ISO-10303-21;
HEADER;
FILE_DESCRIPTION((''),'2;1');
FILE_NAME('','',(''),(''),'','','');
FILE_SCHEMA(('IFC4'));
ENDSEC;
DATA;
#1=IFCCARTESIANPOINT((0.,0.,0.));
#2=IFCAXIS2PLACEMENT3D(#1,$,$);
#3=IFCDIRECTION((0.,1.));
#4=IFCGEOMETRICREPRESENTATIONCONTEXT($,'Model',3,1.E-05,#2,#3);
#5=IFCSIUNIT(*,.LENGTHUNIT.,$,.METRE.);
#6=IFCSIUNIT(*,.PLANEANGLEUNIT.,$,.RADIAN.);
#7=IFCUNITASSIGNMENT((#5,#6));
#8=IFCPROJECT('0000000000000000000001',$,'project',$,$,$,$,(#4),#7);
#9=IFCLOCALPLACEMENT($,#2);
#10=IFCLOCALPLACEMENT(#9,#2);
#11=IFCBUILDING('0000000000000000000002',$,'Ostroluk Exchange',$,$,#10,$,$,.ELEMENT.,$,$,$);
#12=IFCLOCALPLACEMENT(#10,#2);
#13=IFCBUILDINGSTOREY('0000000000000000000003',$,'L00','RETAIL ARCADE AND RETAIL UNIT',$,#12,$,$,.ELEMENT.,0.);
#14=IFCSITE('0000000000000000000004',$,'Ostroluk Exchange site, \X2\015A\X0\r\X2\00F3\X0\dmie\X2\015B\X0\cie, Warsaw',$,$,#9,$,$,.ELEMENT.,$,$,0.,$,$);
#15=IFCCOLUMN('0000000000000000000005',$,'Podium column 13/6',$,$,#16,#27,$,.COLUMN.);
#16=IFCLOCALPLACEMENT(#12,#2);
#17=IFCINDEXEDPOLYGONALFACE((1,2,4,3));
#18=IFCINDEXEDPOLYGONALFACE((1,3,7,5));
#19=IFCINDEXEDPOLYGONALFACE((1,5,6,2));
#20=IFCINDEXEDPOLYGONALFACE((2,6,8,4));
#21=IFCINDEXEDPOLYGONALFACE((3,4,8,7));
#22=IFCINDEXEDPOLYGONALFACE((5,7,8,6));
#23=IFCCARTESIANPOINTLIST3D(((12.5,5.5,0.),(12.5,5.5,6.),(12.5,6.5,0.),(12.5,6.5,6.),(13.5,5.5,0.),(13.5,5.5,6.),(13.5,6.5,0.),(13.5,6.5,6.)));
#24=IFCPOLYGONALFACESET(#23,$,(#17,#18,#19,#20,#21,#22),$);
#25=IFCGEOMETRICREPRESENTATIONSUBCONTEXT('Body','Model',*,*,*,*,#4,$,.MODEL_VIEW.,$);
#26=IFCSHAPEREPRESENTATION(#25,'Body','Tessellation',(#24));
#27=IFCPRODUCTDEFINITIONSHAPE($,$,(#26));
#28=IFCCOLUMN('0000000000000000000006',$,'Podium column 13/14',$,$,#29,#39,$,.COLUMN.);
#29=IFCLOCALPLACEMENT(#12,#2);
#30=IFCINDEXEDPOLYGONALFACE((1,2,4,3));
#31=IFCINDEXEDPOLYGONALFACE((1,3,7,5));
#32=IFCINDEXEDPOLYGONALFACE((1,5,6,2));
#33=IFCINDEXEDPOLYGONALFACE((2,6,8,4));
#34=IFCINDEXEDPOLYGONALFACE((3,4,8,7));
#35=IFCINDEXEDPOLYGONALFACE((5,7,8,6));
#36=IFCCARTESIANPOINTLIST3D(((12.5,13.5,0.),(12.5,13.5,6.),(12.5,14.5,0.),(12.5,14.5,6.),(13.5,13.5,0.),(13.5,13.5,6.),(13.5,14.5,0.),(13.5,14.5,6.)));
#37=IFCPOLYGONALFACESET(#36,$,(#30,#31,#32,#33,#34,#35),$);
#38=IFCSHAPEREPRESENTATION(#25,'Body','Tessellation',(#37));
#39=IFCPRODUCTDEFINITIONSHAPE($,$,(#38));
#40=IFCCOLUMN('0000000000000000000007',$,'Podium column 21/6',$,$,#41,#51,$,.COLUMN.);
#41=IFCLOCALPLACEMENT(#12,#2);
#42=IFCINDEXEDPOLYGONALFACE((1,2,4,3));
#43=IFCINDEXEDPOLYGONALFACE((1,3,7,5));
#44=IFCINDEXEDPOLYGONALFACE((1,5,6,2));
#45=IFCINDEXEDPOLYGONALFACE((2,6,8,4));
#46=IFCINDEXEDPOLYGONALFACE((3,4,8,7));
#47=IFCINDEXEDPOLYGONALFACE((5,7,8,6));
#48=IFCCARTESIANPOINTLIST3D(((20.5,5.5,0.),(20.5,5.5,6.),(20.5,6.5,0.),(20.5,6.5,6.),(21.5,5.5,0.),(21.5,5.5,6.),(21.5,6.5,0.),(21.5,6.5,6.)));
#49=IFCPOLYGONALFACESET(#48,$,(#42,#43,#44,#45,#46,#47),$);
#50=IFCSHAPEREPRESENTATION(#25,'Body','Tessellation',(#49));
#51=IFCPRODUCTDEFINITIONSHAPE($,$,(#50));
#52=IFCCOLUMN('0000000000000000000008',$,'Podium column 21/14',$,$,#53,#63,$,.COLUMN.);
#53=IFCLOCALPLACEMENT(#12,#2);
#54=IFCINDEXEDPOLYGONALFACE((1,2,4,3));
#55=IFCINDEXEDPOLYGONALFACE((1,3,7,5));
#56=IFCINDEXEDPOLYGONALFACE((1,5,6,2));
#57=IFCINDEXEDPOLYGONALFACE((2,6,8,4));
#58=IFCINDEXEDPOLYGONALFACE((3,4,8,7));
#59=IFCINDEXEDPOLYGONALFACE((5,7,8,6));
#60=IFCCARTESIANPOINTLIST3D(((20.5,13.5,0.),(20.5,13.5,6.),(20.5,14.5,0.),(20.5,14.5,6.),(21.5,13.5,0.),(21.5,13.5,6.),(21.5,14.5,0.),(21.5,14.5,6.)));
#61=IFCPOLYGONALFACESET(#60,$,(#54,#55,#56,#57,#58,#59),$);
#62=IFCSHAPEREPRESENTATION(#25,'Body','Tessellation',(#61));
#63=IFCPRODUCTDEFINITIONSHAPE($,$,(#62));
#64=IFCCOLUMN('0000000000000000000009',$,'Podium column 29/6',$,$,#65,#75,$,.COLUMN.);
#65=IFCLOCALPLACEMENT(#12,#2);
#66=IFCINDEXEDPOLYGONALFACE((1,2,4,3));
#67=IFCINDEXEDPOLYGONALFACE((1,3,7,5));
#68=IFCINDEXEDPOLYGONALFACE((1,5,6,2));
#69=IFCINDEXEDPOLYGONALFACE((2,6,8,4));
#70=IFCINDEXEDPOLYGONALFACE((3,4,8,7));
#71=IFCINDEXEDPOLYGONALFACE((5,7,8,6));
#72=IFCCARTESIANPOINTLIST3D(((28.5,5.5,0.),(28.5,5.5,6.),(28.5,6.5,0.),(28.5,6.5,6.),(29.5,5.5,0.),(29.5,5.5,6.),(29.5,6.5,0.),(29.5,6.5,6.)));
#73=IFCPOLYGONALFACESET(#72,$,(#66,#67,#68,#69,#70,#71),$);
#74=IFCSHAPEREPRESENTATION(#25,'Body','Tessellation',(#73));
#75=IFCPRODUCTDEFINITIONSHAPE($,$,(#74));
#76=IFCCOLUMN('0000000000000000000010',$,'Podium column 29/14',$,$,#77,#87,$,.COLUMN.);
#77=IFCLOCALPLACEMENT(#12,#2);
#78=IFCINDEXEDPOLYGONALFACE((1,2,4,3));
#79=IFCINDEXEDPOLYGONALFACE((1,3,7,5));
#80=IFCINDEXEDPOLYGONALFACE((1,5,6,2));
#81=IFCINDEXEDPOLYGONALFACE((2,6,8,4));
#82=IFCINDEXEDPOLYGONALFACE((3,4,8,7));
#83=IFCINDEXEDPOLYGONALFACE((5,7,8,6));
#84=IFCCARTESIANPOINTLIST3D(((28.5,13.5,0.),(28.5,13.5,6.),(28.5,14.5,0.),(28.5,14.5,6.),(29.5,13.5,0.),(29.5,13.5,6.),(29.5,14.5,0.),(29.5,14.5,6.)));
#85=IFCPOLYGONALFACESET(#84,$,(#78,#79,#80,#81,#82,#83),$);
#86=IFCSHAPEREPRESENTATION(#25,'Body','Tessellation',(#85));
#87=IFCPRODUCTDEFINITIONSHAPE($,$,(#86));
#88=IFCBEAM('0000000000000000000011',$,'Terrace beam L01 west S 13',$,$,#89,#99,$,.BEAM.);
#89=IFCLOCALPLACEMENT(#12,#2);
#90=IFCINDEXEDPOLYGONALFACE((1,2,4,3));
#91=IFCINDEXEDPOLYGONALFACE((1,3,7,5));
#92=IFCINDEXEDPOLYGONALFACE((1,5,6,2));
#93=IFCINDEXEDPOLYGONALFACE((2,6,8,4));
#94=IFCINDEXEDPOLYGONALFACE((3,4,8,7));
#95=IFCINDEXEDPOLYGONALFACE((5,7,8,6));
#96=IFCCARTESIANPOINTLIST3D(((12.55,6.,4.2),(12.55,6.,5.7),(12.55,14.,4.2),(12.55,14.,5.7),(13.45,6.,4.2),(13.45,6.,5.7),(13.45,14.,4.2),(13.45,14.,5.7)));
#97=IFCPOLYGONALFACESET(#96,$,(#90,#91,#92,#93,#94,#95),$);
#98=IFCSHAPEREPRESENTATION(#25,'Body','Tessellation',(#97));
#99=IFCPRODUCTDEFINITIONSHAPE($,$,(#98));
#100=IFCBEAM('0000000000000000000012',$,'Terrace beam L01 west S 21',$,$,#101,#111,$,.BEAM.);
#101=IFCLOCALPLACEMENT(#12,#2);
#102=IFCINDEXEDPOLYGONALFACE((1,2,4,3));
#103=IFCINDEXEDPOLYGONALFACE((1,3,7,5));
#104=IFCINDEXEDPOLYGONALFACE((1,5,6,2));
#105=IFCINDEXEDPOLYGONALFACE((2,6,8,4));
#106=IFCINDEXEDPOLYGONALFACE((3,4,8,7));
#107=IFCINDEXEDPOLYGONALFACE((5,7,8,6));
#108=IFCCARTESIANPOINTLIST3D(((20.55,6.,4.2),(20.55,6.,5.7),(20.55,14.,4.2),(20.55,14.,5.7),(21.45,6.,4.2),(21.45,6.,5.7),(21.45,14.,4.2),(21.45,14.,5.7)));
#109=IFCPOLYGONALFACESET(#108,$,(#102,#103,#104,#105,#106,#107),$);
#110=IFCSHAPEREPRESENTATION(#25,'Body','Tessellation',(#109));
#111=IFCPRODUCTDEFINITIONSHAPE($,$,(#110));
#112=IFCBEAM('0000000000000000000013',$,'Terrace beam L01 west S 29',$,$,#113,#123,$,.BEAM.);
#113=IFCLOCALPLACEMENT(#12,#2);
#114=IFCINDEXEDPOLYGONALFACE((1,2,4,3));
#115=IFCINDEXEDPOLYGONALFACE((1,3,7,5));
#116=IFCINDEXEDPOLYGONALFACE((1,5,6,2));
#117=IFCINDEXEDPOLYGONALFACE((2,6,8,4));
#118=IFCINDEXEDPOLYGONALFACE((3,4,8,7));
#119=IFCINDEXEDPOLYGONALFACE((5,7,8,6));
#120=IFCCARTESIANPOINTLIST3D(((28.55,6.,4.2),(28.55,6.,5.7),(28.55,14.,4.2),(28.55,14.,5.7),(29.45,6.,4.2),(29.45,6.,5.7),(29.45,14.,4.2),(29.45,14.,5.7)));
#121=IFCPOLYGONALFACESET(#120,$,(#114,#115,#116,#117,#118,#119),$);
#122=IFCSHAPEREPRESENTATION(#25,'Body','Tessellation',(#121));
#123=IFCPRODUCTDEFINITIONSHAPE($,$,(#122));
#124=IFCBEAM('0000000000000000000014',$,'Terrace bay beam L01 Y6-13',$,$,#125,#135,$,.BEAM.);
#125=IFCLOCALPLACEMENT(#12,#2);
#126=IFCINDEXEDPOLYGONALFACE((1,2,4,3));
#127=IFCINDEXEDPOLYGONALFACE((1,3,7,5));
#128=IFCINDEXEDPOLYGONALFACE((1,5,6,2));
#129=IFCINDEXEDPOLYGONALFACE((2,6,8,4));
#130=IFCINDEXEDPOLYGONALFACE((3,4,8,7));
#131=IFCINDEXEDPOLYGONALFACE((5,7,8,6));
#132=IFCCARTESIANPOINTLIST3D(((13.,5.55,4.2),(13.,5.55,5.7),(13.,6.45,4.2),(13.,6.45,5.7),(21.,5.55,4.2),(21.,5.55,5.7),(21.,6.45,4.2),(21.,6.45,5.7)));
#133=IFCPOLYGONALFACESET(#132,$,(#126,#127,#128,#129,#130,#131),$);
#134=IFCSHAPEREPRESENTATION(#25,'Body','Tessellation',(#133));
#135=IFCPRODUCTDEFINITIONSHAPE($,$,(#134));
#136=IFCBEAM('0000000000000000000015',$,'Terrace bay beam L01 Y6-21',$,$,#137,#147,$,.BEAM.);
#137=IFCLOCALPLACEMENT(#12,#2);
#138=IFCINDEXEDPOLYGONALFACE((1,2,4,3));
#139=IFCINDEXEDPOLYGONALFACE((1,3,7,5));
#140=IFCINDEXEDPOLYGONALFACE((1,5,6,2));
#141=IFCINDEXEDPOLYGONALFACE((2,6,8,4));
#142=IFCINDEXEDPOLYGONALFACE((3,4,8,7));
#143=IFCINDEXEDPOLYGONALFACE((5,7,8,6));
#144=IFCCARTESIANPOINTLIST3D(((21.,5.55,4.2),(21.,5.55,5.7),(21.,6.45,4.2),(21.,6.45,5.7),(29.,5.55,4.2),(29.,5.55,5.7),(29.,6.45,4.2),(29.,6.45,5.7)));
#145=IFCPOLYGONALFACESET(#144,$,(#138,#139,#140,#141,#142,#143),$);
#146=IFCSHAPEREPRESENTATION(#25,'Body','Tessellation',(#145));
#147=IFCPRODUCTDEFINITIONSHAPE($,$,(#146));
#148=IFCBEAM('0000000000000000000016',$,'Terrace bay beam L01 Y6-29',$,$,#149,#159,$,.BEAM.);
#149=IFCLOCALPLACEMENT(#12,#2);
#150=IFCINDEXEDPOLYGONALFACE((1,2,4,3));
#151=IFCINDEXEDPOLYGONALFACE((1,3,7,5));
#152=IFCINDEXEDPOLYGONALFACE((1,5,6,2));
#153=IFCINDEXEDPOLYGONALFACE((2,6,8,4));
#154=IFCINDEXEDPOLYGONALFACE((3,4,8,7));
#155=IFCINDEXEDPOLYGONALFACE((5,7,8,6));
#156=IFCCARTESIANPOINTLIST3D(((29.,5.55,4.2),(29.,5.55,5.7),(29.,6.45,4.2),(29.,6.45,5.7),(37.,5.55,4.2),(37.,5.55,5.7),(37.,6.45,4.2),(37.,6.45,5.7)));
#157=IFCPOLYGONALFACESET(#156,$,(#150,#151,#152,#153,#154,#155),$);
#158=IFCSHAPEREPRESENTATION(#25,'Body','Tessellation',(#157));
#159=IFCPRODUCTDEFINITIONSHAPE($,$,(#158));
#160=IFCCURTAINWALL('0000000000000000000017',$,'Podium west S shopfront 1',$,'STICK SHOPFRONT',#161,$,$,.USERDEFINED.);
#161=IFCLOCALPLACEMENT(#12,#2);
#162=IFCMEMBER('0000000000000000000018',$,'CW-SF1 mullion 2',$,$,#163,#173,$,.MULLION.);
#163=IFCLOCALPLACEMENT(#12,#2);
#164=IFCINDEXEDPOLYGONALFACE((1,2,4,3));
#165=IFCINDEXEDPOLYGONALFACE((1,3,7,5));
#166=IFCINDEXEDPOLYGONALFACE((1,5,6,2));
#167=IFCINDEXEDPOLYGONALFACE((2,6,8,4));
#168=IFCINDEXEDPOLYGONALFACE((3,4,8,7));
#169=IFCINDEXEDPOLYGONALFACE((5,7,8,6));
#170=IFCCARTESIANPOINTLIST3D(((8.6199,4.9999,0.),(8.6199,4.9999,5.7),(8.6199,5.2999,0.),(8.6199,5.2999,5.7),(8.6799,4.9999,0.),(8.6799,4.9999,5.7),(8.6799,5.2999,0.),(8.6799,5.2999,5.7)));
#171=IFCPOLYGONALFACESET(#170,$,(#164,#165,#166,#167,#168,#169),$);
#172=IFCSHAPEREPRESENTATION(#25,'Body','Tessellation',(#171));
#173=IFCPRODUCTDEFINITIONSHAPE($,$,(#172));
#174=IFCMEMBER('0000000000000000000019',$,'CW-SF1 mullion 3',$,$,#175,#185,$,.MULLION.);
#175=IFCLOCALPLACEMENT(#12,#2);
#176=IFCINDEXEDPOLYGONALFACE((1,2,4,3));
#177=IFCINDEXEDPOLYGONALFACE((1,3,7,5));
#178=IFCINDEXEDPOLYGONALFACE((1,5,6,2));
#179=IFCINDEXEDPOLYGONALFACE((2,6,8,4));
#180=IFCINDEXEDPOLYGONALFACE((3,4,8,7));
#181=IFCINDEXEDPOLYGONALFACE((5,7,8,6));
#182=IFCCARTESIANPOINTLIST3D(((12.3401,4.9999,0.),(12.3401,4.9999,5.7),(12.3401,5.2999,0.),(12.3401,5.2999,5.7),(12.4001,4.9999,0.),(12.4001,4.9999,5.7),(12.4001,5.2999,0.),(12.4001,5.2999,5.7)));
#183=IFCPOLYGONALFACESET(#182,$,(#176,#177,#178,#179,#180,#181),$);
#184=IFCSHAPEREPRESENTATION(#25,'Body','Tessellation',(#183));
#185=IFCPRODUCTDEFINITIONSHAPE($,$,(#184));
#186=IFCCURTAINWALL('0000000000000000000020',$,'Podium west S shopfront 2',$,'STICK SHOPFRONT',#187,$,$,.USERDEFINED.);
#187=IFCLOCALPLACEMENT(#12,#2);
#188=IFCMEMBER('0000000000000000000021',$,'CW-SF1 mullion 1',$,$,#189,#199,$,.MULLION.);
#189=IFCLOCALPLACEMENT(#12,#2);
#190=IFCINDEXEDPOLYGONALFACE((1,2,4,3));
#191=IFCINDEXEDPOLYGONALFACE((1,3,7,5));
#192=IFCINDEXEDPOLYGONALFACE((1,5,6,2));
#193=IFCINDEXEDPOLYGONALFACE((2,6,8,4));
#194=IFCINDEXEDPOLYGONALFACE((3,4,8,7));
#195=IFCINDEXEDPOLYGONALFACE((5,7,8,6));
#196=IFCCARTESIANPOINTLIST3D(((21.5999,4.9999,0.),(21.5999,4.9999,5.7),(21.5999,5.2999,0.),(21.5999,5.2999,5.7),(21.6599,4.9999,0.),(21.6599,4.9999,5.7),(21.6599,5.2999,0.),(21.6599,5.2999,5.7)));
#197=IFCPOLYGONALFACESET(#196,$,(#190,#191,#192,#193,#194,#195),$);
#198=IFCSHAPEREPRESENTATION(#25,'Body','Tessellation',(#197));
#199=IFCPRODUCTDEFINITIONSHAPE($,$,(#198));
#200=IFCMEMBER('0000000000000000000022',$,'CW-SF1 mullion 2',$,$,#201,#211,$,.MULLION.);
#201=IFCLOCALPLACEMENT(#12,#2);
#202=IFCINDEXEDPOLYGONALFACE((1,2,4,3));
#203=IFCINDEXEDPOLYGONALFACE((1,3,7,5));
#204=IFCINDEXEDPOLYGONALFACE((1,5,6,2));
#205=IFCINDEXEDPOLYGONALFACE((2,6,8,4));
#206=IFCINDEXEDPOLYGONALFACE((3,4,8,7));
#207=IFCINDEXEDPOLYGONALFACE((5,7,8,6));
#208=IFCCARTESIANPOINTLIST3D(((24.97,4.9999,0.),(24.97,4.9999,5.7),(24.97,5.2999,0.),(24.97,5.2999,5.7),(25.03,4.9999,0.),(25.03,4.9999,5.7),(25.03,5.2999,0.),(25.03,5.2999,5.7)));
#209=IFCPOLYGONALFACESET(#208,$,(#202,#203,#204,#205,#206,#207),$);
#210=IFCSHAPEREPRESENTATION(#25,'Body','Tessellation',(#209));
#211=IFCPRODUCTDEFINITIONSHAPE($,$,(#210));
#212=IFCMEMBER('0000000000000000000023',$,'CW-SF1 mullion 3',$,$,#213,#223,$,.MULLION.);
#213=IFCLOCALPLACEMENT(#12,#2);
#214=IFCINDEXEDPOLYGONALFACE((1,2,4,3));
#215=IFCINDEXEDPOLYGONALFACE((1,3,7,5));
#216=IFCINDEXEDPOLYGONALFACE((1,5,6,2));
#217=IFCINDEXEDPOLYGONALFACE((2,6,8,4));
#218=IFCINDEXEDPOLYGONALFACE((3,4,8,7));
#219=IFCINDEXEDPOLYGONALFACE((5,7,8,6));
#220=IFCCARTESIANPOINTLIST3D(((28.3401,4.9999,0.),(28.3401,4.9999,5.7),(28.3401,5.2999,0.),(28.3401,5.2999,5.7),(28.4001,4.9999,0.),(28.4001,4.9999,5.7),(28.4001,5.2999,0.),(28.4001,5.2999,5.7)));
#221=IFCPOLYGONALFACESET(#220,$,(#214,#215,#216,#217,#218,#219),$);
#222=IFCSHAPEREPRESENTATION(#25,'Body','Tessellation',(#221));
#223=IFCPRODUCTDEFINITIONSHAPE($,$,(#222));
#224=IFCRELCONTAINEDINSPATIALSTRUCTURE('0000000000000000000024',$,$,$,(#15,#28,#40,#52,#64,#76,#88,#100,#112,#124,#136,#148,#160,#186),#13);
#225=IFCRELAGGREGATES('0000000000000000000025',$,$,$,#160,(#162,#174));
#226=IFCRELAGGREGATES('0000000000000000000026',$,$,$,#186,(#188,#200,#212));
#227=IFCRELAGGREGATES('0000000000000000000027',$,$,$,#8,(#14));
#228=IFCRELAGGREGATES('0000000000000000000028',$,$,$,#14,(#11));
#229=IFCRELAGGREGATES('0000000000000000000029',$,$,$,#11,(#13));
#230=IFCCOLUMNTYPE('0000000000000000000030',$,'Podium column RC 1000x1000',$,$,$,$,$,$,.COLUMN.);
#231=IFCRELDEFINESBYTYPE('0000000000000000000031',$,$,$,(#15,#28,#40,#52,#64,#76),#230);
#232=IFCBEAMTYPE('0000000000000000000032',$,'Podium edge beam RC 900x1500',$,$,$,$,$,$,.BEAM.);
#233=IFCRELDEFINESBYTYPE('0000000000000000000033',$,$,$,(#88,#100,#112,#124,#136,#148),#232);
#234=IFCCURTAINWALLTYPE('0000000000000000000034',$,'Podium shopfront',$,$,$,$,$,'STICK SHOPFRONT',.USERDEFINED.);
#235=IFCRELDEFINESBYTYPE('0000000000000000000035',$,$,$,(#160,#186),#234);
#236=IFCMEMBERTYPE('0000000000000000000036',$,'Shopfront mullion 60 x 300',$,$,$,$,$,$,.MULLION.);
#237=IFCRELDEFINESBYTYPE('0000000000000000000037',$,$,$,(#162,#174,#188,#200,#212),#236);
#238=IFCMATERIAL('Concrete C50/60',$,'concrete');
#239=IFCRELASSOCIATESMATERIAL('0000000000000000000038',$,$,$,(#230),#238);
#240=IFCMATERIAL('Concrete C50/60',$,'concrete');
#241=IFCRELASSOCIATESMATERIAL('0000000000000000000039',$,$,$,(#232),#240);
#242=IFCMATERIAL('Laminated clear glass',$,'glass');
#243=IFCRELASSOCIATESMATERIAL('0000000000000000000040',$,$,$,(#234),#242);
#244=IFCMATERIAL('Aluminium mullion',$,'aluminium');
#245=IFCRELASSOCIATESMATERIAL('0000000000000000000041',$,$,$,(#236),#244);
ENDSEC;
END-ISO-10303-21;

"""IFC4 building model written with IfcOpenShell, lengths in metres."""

from ifc_helpers import new_model, si_unit, direction, frame, origin, origin_2d, place, context, subcontext, project, spatial, rectangle, extrude, material, material_profile, profile_set, type_object, element, aggregate, save


model = new_model("IFC4")

# Units and contexts
model_context = context("Model", 3, precision=1e-05, world=origin(), true_north=direction((0.0, 1.0)))
body_context = subcontext(model_context, "Body", "Model", "MODEL_VIEW")
ifc_project = project(units=[si_unit("LENGTHUNIT", "METRE"), si_unit("PLANEANGLEUNIT", "RADIAN")], contexts=[model_context])

# Site, building, storey
site_placement = place(None, origin())
site = spatial("IfcSite", under=ifc_project, at=site_placement, Name="Ostroluk Exchange site, Śródmieście, Warsaw", CompositionType="ELEMENT", RefElevation=0.0)
building_placement = place(site_placement, origin())
building = spatial("IfcBuilding", under=site, at=building_placement, Name="Ostroluk Exchange", CompositionType="ELEMENT")
storey_placement = place(building_placement, origin())
storey = spatial("IfcBuildingStorey", under=building, at=storey_placement, Name="L00", Description="RETAIL ARCADE AND RETAIL UNIT", CompositionType="ELEMENT", Elevation=0.0)

# Columns
ifc_material_1 = material(Name="Concrete C50/60", Category="concrete")
ifc_material_profile_1 = material_profile(ifc_material_1, rectangle(XDim=1.0, YDim=1.0, at=origin_2d()), Name="RC 1000x1000")
ifc_profile_set_1 = profile_set([ifc_material_profile_1], Name="Concrete C50/60")
column_type = type_object("IfcColumnType", Name="Podium column RC 1000x1000", PredefinedType="COLUMN", material=ifc_profile_set_1)
for number, where, z_axis, x_axis, name in (
    (1, (13.0, 6.0, 0.0), (0.0, 0.0, 1.0), (1.0, 0.0, 0.0), "Podium column 13/6"),
    (2, (13.0, 14.0, 0.0), (0.0, 0.0, 1.0), (1.0, 0.0, 0.0), "Podium column 13/14"),
    (3, (21.0, 6.0, 0.0), (0.0, 0.0, 1.0), (1.0, 0.0, 0.0), "Podium column 21/6"),
    (4, (21.0, 14.0, 0.0), (0.0, 0.0, 1.0), (1.0, 0.0, 0.0), "Podium column 21/14"),
    (5, (29.0, 6.0, 0.0), (0.0, 0.0, 1.0), (1.0, 0.0, 0.0), "Podium column 29/6"),
    (6, (29.0, 14.0, 0.0), (0.0, 0.0, 1.0), (1.0, 0.0, 0.0), "Podium column 29/14"),
):
    element("IfcColumn", number, at=place(storey_placement, frame(where, z_axis=z_axis, x_axis=x_axis)), inside=storey, type_object=column_type, Name=name, PredefinedType="COLUMN", context=body_context, shape_type="SweptSolid", body=[
        extrude(rectangle(XDim=1.0, YDim=1.0, at=origin_2d()), origin(), (0.0, 0.0, 1.0), 6.0),
    ])

# Beams
ifc_material_2 = material(Name="Concrete C50/60", Category="concrete")
ifc_material_profile_2 = material_profile(ifc_material_2, rectangle(XDim=0.8999, YDim=1.5, at=origin_2d()), Name="RC 900x1500")
ifc_profile_set_2 = profile_set([ifc_material_profile_2], Name="Concrete C50/60")
beam_type = type_object("IfcBeamType", Name="Podium edge beam RC 900x1500", PredefinedType="BEAM", material=ifc_profile_set_2)
for number, where, z_axis, x_axis, name in (
    (7, (13.0, 6.0, 4.95), (0.0, 1.0, 0.0), (-1.0, 0.0, 0.0), "Terrace beam L01 west S 13"),
    (8, (21.0, 6.0, 4.95), (0.0, 1.0, 0.0), (-1.0, 0.0, 0.0), "Terrace beam L01 west S 21"),
    (9, (29.0, 6.0, 4.95), (0.0, 1.0, 0.0), (-1.0, 0.0, 0.0), "Terrace beam L01 west S 29"),
    (10, (13.0, 6.0, 4.95), (1.0, 0.0, 0.0), (0.0, 1.0, 0.0), "Terrace bay beam L01 Y6-13"),
    (11, (21.0, 6.0, 4.95), (1.0, 0.0, 0.0), (0.0, 1.0, 0.0), "Terrace bay beam L01 Y6-21"),
    (12, (29.0, 6.0, 4.95), (1.0, 0.0, 0.0), (0.0, 1.0, 0.0), "Terrace bay beam L01 Y6-29"),
):
    element("IfcBeam", number, at=place(storey_placement, frame(where, z_axis=z_axis, x_axis=x_axis)), inside=storey, type_object=beam_type, Name=name, PredefinedType="BEAM", context=body_context, shape_type="SweptSolid", body=[
        extrude(rectangle(XDim=0.8999, YDim=1.5, at=origin_2d()), origin(), (0.0, 0.0, 1.0), 8.0),
    ])

# Curtain walls, members
ifc_material_3 = material(Name="Laminated clear glass", Category="glass")
curtain_wall_type = type_object("IfcCurtainWallType", Name="Podium shopfront", ElementType="STICK SHOPFRONT", PredefinedType="USERDEFINED", material=ifc_material_3)
curtain_wall_1_placement = place(storey_placement, origin())
curtain_wall_1 = element("IfcCurtainWall", 13, at=curtain_wall_1_placement, inside=storey, type_object=curtain_wall_type, Name="Podium west S shopfront 1", ObjectType="STICK SHOPFRONT", PredefinedType="USERDEFINED")
ifc_material_4 = material(Name="Aluminium mullion", Category="aluminium")
ifc_material_profile_3 = material_profile(ifc_material_4, rectangle(XDim=0.3, YDim=0.0601, at=origin_2d()), Name="Shopfront mullion 60 x 300")
ifc_profile_set_3 = profile_set([ifc_material_profile_3], Name="Aluminium mullion")
member_type_1 = type_object("IfcMemberType", Name="Shopfront mullion 60 x 300", PredefinedType="MULLION", material=ifc_profile_set_3)
member_1_placement = place(storey_placement, frame((8.6499, 5.1499, 0.0), z_axis=(0.0, 0.0, 1.0), x_axis=(0.0, 1.0, 0.0)))
member_1 = element("IfcMember", 14, at=member_1_placement, type_object=member_type_1, Name="CW-SF1 mullion 2", PredefinedType="MULLION", context=body_context, shape_type="SweptSolid", body=[
    extrude(rectangle(XDim=0.3, YDim=0.0601, at=origin_2d()), origin(), (0.0, 0.0, 1.0), 5.7),
])
member_2_placement = place(storey_placement, frame((12.3701, 5.1499, 0.0), z_axis=(0.0, 0.0, 1.0), x_axis=(0.0, 1.0, 0.0)))
member_2 = element("IfcMember", 15, at=member_2_placement, type_object=member_type_1, Name="CW-SF1 mullion 3", PredefinedType="MULLION", context=body_context, shape_type="SweptSolid", body=[
    extrude(rectangle(XDim=0.3, YDim=0.0601, at=origin_2d()), origin(), (0.0, 0.0, 1.0), 5.7),
])
curtain_wall_2_placement = place(storey_placement, origin())
curtain_wall_2 = element("IfcCurtainWall", 16, at=curtain_wall_2_placement, inside=storey, type_object=curtain_wall_type, Name="Podium west S shopfront 2", ObjectType="STICK SHOPFRONT", PredefinedType="USERDEFINED")
member_3_placement = place(storey_placement, frame((21.6299, 5.1499, 0.0), z_axis=(0.0, 0.0, 1.0), x_axis=(0.0, 1.0, 0.0)))
member_3 = element("IfcMember", 17, at=member_3_placement, type_object=member_type_1, Name="CW-SF1 mullion 1", PredefinedType="MULLION", context=body_context, shape_type="SweptSolid", body=[
    extrude(rectangle(XDim=0.3, YDim=0.0601, at=origin_2d()), origin(), (0.0, 0.0, 1.0), 5.7),
])
member_4_placement = place(storey_placement, frame((25.0, 5.1499, 0.0), z_axis=(0.0, 0.0, 1.0), x_axis=(0.0, 1.0, 0.0)))
member_4 = element("IfcMember", 18, at=member_4_placement, type_object=member_type_1, Name="CW-SF1 mullion 2", PredefinedType="MULLION", context=body_context, shape_type="SweptSolid", body=[
    extrude(rectangle(XDim=0.3, YDim=0.0601, at=origin_2d()), origin(), (0.0, 0.0, 1.0), 5.7),
])
member_5_placement = place(storey_placement, frame((28.3701, 5.1499, 0.0), z_axis=(0.0, 0.0, 1.0), x_axis=(0.0, 1.0, 0.0)))
member_5 = element("IfcMember", 19, at=member_5_placement, type_object=member_type_1, Name="CW-SF1 mullion 3", PredefinedType="MULLION", context=body_context, shape_type="SweptSolid", body=[
    extrude(rectangle(XDim=0.3, YDim=0.0601, at=origin_2d()), origin(), (0.0, 0.0, 1.0), 5.7),
])

aggregate(curtain_wall_1, [member_1, member_2])
aggregate(curtain_wall_2, [member_3, member_4, member_5])

save(model, "model.ifc")
